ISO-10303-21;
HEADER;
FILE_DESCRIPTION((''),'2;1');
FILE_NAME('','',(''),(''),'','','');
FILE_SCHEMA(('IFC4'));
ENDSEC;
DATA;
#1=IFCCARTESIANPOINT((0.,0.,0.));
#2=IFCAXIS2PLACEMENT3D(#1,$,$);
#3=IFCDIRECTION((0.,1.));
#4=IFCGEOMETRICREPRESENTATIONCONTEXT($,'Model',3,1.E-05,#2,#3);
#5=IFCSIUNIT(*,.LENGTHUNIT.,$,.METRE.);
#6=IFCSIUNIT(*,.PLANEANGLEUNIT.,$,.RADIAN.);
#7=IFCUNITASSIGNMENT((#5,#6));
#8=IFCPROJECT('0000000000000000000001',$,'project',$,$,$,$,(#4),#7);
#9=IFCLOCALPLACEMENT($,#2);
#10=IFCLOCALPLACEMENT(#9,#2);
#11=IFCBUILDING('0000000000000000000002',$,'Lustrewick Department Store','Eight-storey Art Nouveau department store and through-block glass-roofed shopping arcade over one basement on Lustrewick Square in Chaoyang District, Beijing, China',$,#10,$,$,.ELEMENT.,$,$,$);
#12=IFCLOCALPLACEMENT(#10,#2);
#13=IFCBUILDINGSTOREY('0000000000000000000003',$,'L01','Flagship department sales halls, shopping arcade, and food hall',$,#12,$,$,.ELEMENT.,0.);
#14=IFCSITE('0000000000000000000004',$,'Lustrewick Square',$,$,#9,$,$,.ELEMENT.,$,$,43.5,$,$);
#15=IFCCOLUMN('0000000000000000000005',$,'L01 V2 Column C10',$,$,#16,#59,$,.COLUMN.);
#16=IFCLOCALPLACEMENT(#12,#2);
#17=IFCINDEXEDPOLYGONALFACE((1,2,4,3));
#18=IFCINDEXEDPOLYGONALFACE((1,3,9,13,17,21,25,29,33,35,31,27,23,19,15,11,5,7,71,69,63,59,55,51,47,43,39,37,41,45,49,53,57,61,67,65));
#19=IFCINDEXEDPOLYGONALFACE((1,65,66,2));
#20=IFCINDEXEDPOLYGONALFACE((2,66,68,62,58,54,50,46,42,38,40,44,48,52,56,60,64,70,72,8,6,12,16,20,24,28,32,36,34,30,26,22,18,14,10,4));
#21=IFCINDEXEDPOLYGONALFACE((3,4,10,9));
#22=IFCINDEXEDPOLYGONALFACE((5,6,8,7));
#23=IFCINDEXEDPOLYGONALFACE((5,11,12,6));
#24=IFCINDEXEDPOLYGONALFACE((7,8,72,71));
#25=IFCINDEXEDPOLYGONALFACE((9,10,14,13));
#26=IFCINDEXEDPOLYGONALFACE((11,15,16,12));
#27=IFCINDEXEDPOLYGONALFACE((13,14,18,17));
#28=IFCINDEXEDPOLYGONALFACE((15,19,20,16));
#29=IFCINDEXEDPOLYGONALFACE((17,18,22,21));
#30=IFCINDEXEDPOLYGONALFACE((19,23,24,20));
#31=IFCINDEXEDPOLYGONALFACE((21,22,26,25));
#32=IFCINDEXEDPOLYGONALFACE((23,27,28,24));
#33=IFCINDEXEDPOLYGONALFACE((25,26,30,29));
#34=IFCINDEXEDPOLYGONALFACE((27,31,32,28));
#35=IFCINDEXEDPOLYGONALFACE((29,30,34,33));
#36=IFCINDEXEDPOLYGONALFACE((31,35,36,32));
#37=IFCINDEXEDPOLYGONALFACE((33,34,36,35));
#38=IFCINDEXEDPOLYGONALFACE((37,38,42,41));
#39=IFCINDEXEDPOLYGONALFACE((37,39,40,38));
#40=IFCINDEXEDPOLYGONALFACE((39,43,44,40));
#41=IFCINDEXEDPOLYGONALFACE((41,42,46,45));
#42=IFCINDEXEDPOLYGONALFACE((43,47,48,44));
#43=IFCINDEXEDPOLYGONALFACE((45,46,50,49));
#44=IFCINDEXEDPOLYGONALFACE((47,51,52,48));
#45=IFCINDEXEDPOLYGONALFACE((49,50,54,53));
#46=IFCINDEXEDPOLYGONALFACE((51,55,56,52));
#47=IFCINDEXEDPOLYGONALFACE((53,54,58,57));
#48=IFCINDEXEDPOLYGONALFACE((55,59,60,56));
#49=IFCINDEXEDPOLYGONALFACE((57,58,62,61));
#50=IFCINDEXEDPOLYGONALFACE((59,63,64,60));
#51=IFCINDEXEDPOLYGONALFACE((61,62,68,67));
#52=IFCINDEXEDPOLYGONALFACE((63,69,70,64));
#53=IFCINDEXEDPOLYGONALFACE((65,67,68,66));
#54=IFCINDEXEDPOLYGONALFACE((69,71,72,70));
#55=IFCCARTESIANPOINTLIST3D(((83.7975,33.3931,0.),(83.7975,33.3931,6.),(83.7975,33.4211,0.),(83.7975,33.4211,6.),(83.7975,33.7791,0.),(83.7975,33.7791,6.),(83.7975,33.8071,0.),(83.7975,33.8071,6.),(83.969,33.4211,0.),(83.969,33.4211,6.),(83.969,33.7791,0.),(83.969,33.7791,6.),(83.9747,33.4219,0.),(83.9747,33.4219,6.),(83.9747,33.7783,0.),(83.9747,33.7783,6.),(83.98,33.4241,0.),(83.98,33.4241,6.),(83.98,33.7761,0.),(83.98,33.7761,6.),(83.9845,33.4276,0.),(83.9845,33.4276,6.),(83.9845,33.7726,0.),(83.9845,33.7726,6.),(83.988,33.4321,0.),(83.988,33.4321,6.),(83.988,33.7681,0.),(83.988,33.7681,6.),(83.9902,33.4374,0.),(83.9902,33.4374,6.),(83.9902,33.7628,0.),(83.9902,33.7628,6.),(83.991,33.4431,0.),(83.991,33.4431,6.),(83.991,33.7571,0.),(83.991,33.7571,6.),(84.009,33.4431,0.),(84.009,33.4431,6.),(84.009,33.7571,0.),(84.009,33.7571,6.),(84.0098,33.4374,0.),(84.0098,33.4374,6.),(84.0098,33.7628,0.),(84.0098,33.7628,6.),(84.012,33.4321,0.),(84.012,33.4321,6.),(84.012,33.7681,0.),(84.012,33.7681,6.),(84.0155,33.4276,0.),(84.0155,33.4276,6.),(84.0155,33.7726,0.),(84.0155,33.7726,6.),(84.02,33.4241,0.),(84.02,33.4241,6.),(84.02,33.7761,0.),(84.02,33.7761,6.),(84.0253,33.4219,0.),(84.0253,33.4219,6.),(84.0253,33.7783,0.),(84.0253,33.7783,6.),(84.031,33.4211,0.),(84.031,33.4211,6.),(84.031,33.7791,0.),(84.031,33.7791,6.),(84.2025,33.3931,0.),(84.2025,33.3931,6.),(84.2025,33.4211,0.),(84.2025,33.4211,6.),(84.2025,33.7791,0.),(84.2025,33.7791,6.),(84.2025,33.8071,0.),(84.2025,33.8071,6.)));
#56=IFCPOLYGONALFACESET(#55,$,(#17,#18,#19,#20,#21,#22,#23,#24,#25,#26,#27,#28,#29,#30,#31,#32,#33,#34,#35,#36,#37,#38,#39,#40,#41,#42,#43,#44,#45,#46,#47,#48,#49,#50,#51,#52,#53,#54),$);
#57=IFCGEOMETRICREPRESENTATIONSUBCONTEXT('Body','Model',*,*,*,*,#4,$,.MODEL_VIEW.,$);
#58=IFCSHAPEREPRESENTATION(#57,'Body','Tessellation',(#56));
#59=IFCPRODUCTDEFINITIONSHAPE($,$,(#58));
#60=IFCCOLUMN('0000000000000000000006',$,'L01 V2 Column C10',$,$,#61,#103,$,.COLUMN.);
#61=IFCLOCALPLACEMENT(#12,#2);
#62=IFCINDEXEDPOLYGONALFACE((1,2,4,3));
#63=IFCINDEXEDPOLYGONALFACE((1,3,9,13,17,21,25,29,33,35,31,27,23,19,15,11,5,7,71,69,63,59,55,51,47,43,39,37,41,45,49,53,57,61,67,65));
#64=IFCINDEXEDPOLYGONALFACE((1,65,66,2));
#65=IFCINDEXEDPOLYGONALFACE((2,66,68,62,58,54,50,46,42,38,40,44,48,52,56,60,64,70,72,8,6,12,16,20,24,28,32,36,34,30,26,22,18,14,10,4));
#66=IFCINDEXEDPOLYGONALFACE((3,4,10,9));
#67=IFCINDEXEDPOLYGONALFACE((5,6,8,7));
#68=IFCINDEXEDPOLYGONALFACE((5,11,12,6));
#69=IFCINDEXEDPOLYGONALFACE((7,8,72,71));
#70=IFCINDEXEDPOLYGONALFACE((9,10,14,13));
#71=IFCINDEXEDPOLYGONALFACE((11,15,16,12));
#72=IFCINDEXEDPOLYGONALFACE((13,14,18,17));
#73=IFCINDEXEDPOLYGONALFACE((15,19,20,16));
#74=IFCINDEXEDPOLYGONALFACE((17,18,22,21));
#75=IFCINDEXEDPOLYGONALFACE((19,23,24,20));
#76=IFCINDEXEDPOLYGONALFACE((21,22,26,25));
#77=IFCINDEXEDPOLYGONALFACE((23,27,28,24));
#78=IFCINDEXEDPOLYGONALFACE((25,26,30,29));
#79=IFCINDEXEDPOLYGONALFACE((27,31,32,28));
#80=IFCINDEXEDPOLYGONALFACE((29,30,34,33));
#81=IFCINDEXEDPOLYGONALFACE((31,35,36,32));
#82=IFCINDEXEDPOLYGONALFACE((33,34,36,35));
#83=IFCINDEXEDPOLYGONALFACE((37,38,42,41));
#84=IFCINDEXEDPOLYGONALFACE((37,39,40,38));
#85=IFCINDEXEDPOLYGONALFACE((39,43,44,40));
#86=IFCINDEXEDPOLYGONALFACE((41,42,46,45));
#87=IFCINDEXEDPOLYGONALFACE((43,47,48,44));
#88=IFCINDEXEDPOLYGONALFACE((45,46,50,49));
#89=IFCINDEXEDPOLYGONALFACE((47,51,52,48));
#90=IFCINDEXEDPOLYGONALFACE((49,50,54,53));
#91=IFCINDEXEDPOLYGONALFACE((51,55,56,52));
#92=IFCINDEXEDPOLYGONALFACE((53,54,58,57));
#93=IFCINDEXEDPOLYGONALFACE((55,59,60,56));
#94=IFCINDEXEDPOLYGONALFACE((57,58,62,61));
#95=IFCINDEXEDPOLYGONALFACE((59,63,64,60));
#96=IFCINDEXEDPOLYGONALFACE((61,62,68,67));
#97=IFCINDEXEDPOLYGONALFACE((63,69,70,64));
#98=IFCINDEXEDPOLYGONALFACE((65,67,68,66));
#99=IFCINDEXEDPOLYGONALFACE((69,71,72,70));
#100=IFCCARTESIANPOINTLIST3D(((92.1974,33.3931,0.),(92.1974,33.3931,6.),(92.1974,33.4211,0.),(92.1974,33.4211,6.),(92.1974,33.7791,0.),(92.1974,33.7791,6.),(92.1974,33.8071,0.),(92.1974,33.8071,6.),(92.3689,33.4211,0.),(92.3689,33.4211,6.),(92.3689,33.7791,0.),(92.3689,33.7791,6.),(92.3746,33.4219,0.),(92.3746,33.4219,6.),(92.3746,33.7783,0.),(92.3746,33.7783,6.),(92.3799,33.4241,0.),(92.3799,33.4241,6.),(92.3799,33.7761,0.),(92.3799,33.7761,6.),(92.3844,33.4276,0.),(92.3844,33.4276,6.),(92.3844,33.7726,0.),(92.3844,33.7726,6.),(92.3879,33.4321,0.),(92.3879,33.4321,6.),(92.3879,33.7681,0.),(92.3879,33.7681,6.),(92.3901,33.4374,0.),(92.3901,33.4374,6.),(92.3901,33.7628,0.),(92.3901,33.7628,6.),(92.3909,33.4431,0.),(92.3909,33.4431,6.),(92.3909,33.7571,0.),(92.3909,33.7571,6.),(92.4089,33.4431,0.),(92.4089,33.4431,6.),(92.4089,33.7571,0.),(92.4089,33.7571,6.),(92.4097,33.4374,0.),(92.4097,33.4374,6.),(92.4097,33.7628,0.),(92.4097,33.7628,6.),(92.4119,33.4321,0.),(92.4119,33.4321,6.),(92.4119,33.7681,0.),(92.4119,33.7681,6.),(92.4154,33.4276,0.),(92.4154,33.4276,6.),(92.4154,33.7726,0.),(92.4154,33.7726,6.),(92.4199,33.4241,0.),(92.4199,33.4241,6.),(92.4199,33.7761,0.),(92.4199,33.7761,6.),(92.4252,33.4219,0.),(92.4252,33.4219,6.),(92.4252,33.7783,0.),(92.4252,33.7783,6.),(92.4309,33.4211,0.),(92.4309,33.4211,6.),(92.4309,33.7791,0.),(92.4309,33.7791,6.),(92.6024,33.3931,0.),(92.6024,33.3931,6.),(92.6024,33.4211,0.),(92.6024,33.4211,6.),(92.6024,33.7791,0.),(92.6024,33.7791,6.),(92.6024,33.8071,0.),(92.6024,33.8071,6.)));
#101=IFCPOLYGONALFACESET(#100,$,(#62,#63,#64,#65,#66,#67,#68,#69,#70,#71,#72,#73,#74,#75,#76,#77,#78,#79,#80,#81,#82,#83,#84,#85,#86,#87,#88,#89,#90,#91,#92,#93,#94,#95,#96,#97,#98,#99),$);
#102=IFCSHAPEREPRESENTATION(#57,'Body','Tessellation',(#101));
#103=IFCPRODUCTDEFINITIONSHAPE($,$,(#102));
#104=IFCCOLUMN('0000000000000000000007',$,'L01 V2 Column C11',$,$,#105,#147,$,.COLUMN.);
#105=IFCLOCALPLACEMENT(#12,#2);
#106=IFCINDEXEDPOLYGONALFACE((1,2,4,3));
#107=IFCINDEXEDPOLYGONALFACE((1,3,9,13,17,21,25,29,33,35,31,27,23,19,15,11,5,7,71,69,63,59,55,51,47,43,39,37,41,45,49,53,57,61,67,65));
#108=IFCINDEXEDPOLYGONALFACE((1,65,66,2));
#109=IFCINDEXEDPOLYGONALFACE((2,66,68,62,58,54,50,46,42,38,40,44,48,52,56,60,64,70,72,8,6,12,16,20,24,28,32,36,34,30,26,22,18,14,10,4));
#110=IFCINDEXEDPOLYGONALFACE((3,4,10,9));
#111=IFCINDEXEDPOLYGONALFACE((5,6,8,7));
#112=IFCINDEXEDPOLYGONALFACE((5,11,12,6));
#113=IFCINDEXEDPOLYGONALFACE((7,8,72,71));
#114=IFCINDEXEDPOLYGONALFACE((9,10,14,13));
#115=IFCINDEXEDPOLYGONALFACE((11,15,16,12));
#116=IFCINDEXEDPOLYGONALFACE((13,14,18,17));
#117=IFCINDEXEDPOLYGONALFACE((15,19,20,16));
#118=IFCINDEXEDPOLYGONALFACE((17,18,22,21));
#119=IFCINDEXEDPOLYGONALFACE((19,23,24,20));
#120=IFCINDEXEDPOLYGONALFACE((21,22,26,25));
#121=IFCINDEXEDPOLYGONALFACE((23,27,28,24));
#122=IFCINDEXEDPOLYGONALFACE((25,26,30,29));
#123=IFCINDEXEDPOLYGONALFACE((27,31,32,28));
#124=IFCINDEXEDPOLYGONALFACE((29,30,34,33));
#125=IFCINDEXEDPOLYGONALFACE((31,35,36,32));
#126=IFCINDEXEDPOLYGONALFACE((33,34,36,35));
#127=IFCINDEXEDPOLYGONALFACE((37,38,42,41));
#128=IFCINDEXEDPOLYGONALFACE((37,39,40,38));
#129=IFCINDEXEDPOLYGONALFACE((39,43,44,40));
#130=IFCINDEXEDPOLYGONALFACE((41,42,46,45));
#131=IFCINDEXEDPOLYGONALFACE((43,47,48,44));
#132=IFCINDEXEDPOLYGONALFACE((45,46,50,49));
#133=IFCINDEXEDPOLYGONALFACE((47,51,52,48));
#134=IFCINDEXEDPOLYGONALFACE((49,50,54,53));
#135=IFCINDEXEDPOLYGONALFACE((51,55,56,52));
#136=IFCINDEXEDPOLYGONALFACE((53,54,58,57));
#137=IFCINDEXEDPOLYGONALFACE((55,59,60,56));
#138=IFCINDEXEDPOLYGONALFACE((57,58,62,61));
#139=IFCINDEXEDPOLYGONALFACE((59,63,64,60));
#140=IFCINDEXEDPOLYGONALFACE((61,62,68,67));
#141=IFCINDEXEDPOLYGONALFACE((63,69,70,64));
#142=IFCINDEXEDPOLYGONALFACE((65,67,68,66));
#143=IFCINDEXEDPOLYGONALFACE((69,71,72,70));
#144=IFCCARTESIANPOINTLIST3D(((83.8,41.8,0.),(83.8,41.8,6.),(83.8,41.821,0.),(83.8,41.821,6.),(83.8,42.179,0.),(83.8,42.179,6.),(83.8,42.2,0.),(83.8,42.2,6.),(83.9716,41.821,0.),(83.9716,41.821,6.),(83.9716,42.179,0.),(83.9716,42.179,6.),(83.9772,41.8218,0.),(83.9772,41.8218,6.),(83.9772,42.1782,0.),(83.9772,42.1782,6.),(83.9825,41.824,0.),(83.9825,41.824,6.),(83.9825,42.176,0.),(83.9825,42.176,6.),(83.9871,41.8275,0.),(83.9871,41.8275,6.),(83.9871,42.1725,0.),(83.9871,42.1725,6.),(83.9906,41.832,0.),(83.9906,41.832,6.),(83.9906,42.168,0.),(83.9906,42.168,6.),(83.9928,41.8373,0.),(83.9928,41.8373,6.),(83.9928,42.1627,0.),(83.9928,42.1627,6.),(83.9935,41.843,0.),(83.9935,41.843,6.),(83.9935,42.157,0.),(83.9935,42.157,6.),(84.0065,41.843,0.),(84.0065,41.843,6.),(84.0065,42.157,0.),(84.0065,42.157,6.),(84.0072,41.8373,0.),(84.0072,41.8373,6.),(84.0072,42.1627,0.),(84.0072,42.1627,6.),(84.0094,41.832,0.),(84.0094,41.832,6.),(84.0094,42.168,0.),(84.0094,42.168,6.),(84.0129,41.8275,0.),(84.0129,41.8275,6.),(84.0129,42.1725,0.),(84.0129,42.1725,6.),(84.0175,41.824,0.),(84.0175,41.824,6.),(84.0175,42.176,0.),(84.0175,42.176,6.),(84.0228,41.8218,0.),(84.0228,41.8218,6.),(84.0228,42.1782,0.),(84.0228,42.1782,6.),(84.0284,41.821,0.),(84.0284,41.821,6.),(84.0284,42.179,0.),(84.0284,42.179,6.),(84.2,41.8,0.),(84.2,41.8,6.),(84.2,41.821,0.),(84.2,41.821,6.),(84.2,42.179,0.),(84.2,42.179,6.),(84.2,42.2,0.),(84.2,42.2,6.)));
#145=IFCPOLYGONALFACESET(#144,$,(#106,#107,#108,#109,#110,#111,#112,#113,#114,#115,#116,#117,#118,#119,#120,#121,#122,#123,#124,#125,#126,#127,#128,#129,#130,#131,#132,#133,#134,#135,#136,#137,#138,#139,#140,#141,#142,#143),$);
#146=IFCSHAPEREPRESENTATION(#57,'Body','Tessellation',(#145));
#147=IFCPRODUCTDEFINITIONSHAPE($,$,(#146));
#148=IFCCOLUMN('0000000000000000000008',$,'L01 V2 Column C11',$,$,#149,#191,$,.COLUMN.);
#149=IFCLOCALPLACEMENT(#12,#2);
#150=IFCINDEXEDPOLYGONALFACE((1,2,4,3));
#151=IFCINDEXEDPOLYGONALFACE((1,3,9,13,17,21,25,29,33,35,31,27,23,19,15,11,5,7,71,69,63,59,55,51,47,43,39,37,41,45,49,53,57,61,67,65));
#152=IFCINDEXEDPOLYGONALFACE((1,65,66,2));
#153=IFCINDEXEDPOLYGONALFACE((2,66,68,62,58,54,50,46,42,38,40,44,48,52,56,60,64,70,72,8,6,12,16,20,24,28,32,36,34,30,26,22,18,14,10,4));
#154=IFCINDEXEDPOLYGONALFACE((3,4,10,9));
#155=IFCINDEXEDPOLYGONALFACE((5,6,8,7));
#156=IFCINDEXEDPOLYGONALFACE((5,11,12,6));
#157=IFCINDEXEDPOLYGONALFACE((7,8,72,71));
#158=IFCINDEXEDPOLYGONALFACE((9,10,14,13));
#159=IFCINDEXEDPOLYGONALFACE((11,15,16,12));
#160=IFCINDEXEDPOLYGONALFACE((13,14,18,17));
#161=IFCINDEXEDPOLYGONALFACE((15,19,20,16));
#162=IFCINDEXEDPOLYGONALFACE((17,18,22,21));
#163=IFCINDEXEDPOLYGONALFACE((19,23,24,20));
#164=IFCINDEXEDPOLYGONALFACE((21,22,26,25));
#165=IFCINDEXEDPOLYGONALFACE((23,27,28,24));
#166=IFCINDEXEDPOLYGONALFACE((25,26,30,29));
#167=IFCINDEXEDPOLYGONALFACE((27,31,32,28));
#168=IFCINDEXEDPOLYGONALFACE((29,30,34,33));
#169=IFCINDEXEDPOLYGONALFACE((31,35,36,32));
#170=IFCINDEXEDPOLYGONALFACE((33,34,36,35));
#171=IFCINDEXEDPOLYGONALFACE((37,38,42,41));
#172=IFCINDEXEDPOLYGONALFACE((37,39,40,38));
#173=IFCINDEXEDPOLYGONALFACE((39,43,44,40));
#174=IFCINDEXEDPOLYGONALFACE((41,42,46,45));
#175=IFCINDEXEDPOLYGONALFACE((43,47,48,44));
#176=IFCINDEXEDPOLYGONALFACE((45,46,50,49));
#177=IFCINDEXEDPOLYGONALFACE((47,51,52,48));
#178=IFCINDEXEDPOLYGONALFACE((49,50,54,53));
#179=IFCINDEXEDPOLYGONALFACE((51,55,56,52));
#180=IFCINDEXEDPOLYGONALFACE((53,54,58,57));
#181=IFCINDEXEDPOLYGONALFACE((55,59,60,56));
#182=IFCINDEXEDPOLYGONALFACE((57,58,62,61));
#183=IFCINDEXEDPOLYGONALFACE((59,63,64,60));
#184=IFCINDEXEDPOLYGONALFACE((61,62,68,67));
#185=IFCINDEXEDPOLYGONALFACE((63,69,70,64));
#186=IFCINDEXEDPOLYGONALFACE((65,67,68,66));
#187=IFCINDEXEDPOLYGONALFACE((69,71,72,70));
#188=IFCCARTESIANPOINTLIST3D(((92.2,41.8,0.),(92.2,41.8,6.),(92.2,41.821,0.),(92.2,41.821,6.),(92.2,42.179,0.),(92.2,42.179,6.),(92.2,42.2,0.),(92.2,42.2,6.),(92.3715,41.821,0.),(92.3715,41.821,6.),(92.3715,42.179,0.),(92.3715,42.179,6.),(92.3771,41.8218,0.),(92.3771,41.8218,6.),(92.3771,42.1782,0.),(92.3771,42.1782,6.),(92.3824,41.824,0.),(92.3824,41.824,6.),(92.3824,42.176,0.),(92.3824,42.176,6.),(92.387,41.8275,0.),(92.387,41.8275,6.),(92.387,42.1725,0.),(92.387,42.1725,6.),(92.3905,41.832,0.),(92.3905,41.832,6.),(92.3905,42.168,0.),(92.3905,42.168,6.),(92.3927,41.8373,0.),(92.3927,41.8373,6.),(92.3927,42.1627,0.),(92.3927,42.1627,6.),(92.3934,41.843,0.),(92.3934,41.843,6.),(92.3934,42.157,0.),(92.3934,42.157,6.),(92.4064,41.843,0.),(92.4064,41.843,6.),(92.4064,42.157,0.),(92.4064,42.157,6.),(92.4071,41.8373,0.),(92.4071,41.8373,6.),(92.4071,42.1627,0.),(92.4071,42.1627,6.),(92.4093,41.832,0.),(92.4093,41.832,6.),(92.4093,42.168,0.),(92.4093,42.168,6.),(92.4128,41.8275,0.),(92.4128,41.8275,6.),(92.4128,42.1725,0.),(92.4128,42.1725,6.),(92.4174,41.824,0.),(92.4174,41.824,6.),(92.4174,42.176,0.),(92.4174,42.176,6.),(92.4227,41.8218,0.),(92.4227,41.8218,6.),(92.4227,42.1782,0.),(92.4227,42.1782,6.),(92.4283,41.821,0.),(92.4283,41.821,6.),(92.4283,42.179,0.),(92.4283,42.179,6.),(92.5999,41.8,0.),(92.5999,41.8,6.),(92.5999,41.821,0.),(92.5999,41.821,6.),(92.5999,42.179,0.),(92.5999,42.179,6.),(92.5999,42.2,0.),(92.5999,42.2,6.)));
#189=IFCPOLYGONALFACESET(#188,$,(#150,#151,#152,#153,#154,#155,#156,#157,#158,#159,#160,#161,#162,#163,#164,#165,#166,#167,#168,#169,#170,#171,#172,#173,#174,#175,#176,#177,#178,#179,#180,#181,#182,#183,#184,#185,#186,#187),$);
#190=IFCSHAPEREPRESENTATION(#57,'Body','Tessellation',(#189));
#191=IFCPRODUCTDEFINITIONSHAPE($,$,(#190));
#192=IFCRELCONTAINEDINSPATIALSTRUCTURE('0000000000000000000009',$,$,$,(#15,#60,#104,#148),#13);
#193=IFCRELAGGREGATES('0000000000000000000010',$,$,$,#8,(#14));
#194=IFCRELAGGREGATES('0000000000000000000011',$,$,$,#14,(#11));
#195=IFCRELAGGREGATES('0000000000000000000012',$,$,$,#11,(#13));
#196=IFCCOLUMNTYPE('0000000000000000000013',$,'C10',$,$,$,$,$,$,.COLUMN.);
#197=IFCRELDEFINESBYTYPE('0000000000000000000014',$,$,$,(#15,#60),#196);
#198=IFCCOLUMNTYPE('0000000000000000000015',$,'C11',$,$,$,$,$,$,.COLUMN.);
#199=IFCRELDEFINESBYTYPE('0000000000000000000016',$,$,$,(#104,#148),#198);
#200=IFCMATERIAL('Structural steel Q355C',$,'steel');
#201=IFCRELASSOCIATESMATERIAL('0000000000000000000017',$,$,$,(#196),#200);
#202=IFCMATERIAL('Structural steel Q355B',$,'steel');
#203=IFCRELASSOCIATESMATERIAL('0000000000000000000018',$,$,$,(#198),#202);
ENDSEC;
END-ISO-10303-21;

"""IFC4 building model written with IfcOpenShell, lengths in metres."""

from ifc_helpers import new_model, si_unit, direction, frame, origin, origin_2d, place, context, subcontext, project, spatial, i_section, extrude, material, material_profile, profile_set, type_object, element, save


model = new_model("IFC4")

# Units and contexts
model_context = context("Model", 3, precision=1e-05, world=origin(), true_north=direction((0.0, 1.0)))
body_context = subcontext(model_context, "Body", "Model", "MODEL_VIEW")
ifc_project = project(units=[si_unit("LENGTHUNIT", "METRE"), si_unit("PLANEANGLEUNIT", "RADIAN")], contexts=[model_context])

# Site, building, storey
site_placement = place(None, origin())
site = spatial("IfcSite", under=ifc_project, at=site_placement, Name="Lustrewick Square", CompositionType="ELEMENT", RefElevation=43.5)
building_placement = place(site_placement, origin())
building = spatial("IfcBuilding", under=site, at=building_placement, Name="Lustrewick Department Store", Description="Eight-storey Art Nouveau department store and through-block glass-roofed shopping arcade over one basement on Lustrewick Square in Chaoyang District, Beijing, China", CompositionType="ELEMENT")
storey_placement = place(building_placement, origin())
storey = spatial("IfcBuildingStorey", under=building, at=storey_placement, Name="L01", Description="Flagship department sales halls, shopping arcade, and food hall", CompositionType="ELEMENT", Elevation=0.0)

# Columns
ifc_material_1 = material(Name="Structural steel Q355C", Category="steel")
ifc_material_profile_1 = material_profile(ifc_material_1, i_section(OverallWidth=0.405, OverallDepth=0.4141, WebThickness=0.0181, FlangeThickness=0.0281, FilletRadius=0.022, at=origin_2d()), Name="HW 414x405x18x28")
ifc_profile_set_1 = profile_set([ifc_material_profile_1], Name="Structural steel Q355C")
column_type_1 = type_object("IfcColumnType", Name="C10", PredefinedType="COLUMN", material=ifc_profile_set_1)
for number, where, z_axis, x_axis, name in (
    (1, (84.0, 33.6001, 0.0), (0.0, 0.0, 1.0), (1.0, 0.0, 0.0), "L01 V2 Column C10"),
    (2, (92.3999, 33.6001, 0.0), (0.0, 0.0, 1.0), (1.0, 0.0, 0.0), "L01 V2 Column C10"),
):
    element("IfcColumn", number, at=place(storey_placement, frame(where, z_axis=z_axis, x_axis=x_axis)), inside=storey, type_object=column_type_1, Name=name, PredefinedType="COLUMN", context=body_context, shape_type="SweptSolid", body=[
        extrude(i_section(OverallWidth=0.405, OverallDepth=0.4141, WebThickness=0.0181, FlangeThickness=0.0281, FilletRadius=0.022, at=origin_2d()), origin(), (0.0, 0.0, 1.0), 6.0),
    ])
ifc_material_2 = material(Name="Structural steel Q355B", Category="steel")
ifc_material_profile_2 = material_profile(ifc_material_2, i_section(OverallWidth=0.3999, OverallDepth=0.3999, WebThickness=0.0129, FlangeThickness=0.021, FilletRadius=0.022, at=origin_2d()), Name="HW 400x400x13x21")
ifc_profile_set_2 = profile_set([ifc_material_profile_2], Name="Structural steel Q355B")
column_type_2 = type_object("IfcColumnType", Name="C11", PredefinedType="COLUMN", material=ifc_profile_set_2)
for number, where, z_axis, x_axis, name in (
    (3, (84.0, 42.0, 0.0), (0.0, 0.0, 1.0), (1.0, 0.0, 0.0), "L01 V2 Column C11"),
    (4, (92.3999, 42.0, 0.0), (0.0, 0.0, 1.0), (1.0, 0.0, 0.0), "L01 V2 Column C11"),
):
    element("IfcColumn", number, at=place(storey_placement, frame(where, z_axis=z_axis, x_axis=x_axis)), inside=storey, type_object=column_type_2, Name=name, PredefinedType="COLUMN", context=body_context, shape_type="SweptSolid", body=[
        extrude(i_section(OverallWidth=0.3999, OverallDepth=0.3999, WebThickness=0.0129, FlangeThickness=0.021, FilletRadius=0.022, at=origin_2d()), origin(), (0.0, 0.0, 1.0), 6.0),
    ])

save(model, "model.ifc")
